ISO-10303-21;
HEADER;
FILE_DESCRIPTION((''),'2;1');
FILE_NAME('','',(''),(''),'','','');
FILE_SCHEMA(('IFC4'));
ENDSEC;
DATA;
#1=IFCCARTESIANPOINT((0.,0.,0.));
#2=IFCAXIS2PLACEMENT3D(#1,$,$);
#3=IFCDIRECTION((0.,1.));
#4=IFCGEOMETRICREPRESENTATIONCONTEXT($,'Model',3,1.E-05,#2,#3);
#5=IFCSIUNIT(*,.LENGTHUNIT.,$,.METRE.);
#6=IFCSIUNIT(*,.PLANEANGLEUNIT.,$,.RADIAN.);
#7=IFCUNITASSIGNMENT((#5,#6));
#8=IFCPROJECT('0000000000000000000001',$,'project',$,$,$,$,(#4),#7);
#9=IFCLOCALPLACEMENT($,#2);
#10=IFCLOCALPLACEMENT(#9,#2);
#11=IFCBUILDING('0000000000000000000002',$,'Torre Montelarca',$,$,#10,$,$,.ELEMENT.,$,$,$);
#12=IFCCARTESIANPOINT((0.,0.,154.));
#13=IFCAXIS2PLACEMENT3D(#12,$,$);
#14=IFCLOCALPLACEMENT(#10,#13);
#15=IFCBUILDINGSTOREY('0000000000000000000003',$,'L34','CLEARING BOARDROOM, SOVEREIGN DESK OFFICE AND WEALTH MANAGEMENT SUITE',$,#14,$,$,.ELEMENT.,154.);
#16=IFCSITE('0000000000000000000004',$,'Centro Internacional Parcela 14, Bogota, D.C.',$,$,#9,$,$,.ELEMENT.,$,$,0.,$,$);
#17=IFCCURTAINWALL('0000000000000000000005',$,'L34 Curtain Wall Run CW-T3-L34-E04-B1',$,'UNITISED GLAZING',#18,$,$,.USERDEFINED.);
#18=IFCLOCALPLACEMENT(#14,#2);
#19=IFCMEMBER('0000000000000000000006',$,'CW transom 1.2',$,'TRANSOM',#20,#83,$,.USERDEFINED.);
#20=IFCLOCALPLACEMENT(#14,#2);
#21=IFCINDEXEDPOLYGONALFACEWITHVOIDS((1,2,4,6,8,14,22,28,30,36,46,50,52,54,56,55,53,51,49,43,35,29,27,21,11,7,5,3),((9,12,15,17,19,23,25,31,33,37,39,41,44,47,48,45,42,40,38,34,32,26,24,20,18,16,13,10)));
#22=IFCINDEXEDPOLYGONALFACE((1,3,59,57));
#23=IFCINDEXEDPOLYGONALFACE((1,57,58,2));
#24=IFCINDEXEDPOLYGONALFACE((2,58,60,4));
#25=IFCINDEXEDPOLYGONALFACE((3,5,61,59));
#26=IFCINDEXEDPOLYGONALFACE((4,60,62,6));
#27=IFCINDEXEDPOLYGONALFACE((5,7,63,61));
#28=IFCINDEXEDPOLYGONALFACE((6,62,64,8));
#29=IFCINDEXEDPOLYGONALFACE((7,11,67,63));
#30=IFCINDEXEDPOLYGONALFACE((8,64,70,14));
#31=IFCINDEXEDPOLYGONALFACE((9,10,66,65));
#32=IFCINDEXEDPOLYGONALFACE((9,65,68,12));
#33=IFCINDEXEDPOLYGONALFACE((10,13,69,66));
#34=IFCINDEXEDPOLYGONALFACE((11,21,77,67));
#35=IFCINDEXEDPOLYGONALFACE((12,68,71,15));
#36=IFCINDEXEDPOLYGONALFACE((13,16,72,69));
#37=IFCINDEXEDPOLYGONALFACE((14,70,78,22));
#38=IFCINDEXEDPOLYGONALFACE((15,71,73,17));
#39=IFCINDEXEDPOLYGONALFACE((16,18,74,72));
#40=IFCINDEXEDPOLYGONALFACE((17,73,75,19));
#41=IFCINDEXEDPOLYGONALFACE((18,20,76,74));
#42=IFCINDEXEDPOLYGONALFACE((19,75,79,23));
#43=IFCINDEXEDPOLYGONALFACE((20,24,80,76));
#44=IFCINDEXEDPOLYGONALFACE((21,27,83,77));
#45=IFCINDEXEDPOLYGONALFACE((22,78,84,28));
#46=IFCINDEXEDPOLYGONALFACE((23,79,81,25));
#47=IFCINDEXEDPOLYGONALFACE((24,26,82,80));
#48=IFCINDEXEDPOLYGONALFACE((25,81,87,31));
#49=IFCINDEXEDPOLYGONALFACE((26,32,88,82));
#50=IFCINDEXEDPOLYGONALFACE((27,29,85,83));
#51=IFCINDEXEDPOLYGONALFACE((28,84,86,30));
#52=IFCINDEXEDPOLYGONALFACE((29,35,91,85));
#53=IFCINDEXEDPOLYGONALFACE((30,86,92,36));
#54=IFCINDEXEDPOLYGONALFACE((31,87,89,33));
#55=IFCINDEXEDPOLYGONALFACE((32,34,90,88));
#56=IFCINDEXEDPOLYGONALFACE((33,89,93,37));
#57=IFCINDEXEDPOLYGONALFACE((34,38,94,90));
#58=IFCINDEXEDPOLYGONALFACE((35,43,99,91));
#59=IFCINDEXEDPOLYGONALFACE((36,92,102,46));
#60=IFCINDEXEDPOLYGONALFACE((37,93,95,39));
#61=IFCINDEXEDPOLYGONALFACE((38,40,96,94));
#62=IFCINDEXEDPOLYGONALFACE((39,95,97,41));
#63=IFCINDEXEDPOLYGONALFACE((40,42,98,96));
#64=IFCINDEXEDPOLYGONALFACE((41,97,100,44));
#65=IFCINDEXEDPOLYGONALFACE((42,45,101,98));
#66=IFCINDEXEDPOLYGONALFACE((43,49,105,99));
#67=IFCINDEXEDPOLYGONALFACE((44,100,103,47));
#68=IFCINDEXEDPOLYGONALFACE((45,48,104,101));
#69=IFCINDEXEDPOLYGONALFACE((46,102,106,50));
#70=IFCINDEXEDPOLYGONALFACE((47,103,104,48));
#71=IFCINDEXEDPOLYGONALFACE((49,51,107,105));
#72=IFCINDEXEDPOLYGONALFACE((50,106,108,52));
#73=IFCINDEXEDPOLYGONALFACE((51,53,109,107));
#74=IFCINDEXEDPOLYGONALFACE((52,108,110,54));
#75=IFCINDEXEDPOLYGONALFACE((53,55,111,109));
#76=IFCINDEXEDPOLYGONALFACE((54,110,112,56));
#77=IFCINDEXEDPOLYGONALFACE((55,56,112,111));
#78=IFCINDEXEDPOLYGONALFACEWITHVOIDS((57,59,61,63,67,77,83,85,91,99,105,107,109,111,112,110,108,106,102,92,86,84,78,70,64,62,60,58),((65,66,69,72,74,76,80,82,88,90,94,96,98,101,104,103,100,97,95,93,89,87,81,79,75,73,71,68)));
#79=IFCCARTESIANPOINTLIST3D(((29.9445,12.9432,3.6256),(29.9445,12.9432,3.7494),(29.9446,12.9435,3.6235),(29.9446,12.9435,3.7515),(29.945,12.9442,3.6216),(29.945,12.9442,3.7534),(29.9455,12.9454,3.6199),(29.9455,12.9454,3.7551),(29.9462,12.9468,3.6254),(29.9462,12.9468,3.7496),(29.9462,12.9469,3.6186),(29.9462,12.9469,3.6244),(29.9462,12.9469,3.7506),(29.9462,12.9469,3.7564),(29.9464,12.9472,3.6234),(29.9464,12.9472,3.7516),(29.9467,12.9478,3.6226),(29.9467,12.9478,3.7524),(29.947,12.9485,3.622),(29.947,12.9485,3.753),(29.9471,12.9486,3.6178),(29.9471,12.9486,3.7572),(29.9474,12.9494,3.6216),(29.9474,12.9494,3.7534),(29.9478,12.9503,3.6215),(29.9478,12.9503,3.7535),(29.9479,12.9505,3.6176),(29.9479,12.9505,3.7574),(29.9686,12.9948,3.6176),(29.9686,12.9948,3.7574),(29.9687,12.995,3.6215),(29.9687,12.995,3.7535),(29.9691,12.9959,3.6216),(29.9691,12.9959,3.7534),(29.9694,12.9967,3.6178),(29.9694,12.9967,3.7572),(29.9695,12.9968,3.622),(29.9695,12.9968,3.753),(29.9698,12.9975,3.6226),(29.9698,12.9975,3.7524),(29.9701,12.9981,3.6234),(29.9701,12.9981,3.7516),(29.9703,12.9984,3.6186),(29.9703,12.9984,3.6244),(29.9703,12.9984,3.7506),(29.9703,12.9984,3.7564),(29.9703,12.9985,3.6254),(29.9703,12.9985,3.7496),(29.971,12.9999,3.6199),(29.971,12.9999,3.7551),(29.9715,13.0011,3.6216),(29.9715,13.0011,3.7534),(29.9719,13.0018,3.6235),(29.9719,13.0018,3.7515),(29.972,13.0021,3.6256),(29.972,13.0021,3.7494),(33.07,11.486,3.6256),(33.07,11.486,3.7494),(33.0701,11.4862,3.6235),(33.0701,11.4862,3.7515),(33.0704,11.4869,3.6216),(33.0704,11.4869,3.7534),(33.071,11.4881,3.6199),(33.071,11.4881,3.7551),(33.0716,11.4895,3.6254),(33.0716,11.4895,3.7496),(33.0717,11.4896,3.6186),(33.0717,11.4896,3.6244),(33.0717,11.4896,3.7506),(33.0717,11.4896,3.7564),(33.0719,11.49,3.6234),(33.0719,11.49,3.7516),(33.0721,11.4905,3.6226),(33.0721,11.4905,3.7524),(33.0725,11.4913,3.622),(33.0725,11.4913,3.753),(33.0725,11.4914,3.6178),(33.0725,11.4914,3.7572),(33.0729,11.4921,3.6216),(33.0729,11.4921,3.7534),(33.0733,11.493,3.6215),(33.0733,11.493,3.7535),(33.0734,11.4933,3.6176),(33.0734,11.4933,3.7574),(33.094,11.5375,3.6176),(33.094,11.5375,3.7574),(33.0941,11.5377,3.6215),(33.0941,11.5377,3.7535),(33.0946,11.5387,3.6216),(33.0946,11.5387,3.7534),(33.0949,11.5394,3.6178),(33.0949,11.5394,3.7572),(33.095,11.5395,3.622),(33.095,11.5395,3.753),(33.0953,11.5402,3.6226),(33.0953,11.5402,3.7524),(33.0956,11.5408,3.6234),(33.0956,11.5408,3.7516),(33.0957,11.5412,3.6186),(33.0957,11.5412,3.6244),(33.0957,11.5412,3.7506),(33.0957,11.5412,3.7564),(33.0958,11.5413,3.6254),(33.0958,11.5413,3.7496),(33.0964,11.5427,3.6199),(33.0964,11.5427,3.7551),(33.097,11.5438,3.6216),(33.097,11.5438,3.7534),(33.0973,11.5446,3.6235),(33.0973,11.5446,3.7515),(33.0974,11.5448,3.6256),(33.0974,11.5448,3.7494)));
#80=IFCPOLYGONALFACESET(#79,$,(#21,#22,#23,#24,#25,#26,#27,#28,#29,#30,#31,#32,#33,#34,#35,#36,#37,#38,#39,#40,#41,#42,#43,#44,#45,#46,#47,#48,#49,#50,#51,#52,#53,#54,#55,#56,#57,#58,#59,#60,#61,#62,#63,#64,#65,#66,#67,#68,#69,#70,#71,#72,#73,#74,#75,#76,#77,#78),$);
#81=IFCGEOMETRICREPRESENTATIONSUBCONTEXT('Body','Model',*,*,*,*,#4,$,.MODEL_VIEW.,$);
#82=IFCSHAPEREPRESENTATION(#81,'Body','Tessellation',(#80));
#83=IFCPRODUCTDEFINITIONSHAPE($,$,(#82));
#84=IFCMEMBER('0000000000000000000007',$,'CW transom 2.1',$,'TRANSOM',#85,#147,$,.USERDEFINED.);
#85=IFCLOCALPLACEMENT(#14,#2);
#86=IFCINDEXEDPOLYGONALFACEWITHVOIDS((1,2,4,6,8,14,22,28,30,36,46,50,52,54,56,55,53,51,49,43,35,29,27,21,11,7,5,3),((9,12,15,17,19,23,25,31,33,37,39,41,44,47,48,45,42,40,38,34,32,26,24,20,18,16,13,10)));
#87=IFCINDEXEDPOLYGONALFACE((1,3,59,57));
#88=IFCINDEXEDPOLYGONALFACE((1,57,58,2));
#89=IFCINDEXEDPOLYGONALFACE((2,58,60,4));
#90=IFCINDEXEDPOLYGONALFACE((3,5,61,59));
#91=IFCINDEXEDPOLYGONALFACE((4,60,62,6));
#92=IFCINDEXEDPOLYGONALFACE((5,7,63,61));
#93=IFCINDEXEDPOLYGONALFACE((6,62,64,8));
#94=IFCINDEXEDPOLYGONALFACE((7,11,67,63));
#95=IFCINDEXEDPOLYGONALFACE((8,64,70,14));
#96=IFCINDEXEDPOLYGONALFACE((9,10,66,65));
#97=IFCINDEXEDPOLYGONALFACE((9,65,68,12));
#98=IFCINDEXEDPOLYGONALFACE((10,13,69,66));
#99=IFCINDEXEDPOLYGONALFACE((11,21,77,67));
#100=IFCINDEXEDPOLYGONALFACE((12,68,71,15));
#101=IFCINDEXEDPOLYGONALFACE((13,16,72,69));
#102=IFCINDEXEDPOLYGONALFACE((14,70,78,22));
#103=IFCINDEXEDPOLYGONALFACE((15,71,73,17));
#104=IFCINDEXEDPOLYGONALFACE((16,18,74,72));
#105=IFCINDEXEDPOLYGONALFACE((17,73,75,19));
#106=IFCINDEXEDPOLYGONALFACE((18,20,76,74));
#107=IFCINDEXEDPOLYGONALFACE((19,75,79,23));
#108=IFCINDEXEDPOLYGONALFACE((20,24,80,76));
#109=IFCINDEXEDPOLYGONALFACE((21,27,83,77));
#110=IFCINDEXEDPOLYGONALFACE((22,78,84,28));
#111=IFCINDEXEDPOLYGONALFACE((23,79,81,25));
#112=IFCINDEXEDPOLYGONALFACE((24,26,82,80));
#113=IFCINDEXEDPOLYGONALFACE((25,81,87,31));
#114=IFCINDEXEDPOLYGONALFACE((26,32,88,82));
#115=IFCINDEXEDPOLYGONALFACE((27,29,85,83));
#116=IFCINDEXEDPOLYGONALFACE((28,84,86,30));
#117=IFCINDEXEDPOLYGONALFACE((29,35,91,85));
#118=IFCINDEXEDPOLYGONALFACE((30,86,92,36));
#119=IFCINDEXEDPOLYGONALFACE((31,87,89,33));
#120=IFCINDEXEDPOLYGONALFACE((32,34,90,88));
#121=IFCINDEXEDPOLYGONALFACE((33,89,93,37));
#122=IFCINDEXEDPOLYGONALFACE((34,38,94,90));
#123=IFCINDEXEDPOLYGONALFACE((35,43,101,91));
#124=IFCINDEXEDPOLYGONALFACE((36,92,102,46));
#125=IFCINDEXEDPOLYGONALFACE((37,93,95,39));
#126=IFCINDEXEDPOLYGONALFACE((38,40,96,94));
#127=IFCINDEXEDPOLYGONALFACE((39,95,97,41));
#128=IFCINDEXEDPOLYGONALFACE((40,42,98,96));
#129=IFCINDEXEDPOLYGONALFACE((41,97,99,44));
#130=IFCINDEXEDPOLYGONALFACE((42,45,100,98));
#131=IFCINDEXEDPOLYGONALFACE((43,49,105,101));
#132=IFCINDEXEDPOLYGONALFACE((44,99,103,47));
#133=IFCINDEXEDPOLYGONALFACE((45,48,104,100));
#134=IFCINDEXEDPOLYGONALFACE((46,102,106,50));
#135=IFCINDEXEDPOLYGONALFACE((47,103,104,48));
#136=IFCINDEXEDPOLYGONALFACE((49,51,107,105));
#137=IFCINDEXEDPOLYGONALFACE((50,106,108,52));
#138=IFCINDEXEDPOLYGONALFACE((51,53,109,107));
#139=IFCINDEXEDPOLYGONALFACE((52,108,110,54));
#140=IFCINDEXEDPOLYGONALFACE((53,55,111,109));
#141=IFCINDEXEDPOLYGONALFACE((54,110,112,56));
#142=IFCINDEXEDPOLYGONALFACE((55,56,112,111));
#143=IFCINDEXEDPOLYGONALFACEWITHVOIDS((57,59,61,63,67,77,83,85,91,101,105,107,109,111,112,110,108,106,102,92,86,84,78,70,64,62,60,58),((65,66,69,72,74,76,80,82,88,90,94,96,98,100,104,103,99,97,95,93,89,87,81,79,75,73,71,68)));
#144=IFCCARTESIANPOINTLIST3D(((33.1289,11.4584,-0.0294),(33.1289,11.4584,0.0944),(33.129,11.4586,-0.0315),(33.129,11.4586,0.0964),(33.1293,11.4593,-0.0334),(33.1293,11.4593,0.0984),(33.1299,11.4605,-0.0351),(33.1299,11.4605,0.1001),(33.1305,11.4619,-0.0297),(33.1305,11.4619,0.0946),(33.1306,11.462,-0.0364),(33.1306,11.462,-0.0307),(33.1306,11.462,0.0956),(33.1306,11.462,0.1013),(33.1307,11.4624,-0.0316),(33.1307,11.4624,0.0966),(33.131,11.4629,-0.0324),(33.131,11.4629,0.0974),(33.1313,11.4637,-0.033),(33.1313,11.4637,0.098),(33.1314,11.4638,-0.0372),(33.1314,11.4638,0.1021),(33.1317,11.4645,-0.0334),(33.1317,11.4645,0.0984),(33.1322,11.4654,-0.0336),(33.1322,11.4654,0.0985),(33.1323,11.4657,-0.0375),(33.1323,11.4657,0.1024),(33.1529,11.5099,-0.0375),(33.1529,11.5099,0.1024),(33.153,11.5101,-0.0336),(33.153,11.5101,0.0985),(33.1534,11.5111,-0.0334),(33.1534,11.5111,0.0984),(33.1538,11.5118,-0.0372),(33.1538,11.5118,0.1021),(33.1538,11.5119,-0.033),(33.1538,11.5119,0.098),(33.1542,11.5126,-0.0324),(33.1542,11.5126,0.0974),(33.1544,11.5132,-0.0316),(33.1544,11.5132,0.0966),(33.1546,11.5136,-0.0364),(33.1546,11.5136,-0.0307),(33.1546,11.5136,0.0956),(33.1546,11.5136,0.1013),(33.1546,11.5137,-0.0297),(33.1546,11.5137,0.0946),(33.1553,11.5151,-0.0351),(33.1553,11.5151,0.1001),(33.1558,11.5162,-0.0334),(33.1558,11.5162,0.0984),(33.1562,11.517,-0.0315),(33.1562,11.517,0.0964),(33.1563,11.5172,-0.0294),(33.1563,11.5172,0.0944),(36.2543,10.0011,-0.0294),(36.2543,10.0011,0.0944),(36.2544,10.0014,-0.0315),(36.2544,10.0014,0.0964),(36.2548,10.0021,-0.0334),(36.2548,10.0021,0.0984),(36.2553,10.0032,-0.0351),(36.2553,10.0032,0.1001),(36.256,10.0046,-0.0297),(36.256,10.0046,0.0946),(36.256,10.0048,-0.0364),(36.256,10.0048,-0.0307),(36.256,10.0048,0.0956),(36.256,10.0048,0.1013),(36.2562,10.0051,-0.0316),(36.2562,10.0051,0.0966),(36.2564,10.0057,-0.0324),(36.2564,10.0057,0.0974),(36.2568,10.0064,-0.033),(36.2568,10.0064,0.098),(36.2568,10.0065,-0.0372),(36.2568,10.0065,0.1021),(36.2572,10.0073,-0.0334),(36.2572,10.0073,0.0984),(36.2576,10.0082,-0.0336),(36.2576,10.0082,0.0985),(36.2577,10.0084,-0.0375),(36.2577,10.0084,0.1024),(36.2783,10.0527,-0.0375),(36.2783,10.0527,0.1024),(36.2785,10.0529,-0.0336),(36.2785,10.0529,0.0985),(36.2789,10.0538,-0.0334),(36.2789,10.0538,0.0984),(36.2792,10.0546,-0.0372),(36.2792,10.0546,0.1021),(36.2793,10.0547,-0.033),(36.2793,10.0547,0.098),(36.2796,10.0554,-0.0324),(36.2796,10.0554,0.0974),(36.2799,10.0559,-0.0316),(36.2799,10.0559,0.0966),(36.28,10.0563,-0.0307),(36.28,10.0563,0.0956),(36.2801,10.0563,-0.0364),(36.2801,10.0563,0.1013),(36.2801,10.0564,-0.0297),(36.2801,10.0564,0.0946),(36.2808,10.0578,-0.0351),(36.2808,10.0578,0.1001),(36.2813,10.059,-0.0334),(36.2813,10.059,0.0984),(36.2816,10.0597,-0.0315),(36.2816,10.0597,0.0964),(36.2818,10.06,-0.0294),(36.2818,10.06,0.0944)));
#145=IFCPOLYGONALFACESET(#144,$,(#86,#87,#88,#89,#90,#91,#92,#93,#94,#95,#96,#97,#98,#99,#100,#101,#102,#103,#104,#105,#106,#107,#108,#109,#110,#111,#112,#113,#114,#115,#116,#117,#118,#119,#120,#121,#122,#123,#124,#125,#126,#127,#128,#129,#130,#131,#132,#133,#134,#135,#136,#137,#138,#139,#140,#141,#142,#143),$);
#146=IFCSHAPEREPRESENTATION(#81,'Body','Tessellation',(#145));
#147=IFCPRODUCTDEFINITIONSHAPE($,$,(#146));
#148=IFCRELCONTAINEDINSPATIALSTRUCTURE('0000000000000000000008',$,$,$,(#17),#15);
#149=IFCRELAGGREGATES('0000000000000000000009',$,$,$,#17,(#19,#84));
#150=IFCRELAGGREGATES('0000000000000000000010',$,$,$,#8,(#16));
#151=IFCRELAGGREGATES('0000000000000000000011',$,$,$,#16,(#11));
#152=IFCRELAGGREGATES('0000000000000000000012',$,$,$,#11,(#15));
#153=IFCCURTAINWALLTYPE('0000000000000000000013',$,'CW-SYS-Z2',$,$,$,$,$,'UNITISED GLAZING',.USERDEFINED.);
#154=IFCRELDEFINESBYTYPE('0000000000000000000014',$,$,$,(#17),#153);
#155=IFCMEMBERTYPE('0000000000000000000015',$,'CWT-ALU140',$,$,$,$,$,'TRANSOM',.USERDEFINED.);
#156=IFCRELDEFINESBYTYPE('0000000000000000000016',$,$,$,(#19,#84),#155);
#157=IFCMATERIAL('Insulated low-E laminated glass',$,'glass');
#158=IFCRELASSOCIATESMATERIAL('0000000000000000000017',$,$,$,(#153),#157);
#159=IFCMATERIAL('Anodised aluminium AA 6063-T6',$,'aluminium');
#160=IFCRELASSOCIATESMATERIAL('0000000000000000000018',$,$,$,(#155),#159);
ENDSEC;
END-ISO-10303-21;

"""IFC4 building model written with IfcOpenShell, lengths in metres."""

from ifc_helpers import new_model, si_unit, direction, frame, origin, origin_2d, place, context, subcontext, project, spatial, hollow_rectangle, extrude, source, transform, mapped, material, material_profile, profile_set, type_object, element, aggregate, save


model = new_model("IFC4")

# Units and contexts
model_context = context("Model", 3, precision=1e-05, world=origin(), true_north=direction((0.0, 1.0)))
body_context = subcontext(model_context, "Body", "Model", "MODEL_VIEW")
ifc_project = project(units=[si_unit("LENGTHUNIT", "METRE"), si_unit("PLANEANGLEUNIT", "RADIAN")], contexts=[model_context])

# Site, building, storey
site_placement = place(None, origin())
site = spatial("IfcSite", under=ifc_project, at=site_placement, Name="Centro Internacional Parcela 14, Bogota, D.C.", CompositionType="ELEMENT", RefElevation=0.0)
building_placement = place(site_placement, origin())
building = spatial("IfcBuilding", under=site, at=building_placement, Name="Torre Montelarca", CompositionType="ELEMENT")
storey_placement = place(building_placement, frame((0.0, 0.0, 154.0)))
storey = spatial("IfcBuildingStorey", under=building, at=storey_placement, Name="L34", Description="CLEARING BOARDROOM, SOVEREIGN DESK OFFICE AND WEALTH MANAGEMENT SUITE", CompositionType="ELEMENT", Elevation=154.0)

# Shared definitions
ifc_material_1 = material(Name="Insulated low-E laminated glass", Category="glass")
curtain_wall_type = type_object("IfcCurtainWallType", Name="CW-SYS-Z2", ElementType="UNITISED GLAZING", PredefinedType="USERDEFINED", material=ifc_material_1)
ifc_material_2 = material(Name="Anodised aluminium AA 6063-T6", Category="aluminium")
ifc_material_profile_1 = material_profile(ifc_material_2, hollow_rectangle(XDim=0.0649, YDim=0.1399, WallThickness=0.0039, InnerFilletRadius=0.0039, OuterFilletRadius=0.0081, at=origin_2d()), Name="ALU65X140X4", Category="aluminium")
ifc_profile_set_1 = profile_set([ifc_material_profile_1], Name="Anodised aluminium AA 6063-T6")
member_type_1 = type_object("IfcMemberType", Name="CWT-ALU140", ElementType="TRANSOM", PredefinedType="USERDEFINED", material=ifc_profile_set_1)

# Curtain wall, members
curtain_wall_1_placement = place(storey_placement, origin())
curtain_wall_1 = element("IfcCurtainWall", 1, at=curtain_wall_1_placement, inside=storey, type_object=curtain_wall_type, Name="L34 Curtain Wall Run CW-T3-L34-E04-B1", ObjectType="UNITISED GLAZING", PredefinedType="USERDEFINED")
shared_shape_1 = source(origin(), body_context, "Body", "SweptSolid", [
    extrude(hollow_rectangle(XDim=0.0649, YDim=0.1399, WallThickness=0.0039, InnerFilletRadius=0.0039, OuterFilletRadius=0.0081, at=origin_2d()), origin(), (0.0, 0.0, 1.0), 3.4485),
])
member_1_placement = place(storey_placement, frame((29.9583, 12.9727, 3.6875), z_axis=(0.906326, -0.422579, 0.0), x_axis=(0.422579, 0.906326, 0.0)))
member_1 = element("IfcMember", 2, at=member_1_placement, type_object=member_type_1, Name="CW transom 1.2", ObjectType="TRANSOM", PredefinedType="USERDEFINED", context=body_context, shape_type="MappedRepresentation", body=[
    mapped(shared_shape_1, transform((0.0, 0.0, 0.0), scale=1.0)),
])
member_2_placement = place(storey_placement, frame((33.1426, 11.4878, 0.0325), z_axis=(0.906326, -0.422579, 0.0), x_axis=(0.422579, 0.906326, 0.0)))
member_2 = element("IfcMember", 3, at=member_2_placement, type_object=member_type_1, Name="CW transom 2.1", ObjectType="TRANSOM", PredefinedType="USERDEFINED", context=body_context, shape_type="MappedRepresentation", body=[
    mapped(shared_shape_1, transform((0.0, 0.0, 0.0), scale=1.0)),
])
aggregate(curtain_wall_1, [member_1, member_2])

save(model, "model.ifc")
